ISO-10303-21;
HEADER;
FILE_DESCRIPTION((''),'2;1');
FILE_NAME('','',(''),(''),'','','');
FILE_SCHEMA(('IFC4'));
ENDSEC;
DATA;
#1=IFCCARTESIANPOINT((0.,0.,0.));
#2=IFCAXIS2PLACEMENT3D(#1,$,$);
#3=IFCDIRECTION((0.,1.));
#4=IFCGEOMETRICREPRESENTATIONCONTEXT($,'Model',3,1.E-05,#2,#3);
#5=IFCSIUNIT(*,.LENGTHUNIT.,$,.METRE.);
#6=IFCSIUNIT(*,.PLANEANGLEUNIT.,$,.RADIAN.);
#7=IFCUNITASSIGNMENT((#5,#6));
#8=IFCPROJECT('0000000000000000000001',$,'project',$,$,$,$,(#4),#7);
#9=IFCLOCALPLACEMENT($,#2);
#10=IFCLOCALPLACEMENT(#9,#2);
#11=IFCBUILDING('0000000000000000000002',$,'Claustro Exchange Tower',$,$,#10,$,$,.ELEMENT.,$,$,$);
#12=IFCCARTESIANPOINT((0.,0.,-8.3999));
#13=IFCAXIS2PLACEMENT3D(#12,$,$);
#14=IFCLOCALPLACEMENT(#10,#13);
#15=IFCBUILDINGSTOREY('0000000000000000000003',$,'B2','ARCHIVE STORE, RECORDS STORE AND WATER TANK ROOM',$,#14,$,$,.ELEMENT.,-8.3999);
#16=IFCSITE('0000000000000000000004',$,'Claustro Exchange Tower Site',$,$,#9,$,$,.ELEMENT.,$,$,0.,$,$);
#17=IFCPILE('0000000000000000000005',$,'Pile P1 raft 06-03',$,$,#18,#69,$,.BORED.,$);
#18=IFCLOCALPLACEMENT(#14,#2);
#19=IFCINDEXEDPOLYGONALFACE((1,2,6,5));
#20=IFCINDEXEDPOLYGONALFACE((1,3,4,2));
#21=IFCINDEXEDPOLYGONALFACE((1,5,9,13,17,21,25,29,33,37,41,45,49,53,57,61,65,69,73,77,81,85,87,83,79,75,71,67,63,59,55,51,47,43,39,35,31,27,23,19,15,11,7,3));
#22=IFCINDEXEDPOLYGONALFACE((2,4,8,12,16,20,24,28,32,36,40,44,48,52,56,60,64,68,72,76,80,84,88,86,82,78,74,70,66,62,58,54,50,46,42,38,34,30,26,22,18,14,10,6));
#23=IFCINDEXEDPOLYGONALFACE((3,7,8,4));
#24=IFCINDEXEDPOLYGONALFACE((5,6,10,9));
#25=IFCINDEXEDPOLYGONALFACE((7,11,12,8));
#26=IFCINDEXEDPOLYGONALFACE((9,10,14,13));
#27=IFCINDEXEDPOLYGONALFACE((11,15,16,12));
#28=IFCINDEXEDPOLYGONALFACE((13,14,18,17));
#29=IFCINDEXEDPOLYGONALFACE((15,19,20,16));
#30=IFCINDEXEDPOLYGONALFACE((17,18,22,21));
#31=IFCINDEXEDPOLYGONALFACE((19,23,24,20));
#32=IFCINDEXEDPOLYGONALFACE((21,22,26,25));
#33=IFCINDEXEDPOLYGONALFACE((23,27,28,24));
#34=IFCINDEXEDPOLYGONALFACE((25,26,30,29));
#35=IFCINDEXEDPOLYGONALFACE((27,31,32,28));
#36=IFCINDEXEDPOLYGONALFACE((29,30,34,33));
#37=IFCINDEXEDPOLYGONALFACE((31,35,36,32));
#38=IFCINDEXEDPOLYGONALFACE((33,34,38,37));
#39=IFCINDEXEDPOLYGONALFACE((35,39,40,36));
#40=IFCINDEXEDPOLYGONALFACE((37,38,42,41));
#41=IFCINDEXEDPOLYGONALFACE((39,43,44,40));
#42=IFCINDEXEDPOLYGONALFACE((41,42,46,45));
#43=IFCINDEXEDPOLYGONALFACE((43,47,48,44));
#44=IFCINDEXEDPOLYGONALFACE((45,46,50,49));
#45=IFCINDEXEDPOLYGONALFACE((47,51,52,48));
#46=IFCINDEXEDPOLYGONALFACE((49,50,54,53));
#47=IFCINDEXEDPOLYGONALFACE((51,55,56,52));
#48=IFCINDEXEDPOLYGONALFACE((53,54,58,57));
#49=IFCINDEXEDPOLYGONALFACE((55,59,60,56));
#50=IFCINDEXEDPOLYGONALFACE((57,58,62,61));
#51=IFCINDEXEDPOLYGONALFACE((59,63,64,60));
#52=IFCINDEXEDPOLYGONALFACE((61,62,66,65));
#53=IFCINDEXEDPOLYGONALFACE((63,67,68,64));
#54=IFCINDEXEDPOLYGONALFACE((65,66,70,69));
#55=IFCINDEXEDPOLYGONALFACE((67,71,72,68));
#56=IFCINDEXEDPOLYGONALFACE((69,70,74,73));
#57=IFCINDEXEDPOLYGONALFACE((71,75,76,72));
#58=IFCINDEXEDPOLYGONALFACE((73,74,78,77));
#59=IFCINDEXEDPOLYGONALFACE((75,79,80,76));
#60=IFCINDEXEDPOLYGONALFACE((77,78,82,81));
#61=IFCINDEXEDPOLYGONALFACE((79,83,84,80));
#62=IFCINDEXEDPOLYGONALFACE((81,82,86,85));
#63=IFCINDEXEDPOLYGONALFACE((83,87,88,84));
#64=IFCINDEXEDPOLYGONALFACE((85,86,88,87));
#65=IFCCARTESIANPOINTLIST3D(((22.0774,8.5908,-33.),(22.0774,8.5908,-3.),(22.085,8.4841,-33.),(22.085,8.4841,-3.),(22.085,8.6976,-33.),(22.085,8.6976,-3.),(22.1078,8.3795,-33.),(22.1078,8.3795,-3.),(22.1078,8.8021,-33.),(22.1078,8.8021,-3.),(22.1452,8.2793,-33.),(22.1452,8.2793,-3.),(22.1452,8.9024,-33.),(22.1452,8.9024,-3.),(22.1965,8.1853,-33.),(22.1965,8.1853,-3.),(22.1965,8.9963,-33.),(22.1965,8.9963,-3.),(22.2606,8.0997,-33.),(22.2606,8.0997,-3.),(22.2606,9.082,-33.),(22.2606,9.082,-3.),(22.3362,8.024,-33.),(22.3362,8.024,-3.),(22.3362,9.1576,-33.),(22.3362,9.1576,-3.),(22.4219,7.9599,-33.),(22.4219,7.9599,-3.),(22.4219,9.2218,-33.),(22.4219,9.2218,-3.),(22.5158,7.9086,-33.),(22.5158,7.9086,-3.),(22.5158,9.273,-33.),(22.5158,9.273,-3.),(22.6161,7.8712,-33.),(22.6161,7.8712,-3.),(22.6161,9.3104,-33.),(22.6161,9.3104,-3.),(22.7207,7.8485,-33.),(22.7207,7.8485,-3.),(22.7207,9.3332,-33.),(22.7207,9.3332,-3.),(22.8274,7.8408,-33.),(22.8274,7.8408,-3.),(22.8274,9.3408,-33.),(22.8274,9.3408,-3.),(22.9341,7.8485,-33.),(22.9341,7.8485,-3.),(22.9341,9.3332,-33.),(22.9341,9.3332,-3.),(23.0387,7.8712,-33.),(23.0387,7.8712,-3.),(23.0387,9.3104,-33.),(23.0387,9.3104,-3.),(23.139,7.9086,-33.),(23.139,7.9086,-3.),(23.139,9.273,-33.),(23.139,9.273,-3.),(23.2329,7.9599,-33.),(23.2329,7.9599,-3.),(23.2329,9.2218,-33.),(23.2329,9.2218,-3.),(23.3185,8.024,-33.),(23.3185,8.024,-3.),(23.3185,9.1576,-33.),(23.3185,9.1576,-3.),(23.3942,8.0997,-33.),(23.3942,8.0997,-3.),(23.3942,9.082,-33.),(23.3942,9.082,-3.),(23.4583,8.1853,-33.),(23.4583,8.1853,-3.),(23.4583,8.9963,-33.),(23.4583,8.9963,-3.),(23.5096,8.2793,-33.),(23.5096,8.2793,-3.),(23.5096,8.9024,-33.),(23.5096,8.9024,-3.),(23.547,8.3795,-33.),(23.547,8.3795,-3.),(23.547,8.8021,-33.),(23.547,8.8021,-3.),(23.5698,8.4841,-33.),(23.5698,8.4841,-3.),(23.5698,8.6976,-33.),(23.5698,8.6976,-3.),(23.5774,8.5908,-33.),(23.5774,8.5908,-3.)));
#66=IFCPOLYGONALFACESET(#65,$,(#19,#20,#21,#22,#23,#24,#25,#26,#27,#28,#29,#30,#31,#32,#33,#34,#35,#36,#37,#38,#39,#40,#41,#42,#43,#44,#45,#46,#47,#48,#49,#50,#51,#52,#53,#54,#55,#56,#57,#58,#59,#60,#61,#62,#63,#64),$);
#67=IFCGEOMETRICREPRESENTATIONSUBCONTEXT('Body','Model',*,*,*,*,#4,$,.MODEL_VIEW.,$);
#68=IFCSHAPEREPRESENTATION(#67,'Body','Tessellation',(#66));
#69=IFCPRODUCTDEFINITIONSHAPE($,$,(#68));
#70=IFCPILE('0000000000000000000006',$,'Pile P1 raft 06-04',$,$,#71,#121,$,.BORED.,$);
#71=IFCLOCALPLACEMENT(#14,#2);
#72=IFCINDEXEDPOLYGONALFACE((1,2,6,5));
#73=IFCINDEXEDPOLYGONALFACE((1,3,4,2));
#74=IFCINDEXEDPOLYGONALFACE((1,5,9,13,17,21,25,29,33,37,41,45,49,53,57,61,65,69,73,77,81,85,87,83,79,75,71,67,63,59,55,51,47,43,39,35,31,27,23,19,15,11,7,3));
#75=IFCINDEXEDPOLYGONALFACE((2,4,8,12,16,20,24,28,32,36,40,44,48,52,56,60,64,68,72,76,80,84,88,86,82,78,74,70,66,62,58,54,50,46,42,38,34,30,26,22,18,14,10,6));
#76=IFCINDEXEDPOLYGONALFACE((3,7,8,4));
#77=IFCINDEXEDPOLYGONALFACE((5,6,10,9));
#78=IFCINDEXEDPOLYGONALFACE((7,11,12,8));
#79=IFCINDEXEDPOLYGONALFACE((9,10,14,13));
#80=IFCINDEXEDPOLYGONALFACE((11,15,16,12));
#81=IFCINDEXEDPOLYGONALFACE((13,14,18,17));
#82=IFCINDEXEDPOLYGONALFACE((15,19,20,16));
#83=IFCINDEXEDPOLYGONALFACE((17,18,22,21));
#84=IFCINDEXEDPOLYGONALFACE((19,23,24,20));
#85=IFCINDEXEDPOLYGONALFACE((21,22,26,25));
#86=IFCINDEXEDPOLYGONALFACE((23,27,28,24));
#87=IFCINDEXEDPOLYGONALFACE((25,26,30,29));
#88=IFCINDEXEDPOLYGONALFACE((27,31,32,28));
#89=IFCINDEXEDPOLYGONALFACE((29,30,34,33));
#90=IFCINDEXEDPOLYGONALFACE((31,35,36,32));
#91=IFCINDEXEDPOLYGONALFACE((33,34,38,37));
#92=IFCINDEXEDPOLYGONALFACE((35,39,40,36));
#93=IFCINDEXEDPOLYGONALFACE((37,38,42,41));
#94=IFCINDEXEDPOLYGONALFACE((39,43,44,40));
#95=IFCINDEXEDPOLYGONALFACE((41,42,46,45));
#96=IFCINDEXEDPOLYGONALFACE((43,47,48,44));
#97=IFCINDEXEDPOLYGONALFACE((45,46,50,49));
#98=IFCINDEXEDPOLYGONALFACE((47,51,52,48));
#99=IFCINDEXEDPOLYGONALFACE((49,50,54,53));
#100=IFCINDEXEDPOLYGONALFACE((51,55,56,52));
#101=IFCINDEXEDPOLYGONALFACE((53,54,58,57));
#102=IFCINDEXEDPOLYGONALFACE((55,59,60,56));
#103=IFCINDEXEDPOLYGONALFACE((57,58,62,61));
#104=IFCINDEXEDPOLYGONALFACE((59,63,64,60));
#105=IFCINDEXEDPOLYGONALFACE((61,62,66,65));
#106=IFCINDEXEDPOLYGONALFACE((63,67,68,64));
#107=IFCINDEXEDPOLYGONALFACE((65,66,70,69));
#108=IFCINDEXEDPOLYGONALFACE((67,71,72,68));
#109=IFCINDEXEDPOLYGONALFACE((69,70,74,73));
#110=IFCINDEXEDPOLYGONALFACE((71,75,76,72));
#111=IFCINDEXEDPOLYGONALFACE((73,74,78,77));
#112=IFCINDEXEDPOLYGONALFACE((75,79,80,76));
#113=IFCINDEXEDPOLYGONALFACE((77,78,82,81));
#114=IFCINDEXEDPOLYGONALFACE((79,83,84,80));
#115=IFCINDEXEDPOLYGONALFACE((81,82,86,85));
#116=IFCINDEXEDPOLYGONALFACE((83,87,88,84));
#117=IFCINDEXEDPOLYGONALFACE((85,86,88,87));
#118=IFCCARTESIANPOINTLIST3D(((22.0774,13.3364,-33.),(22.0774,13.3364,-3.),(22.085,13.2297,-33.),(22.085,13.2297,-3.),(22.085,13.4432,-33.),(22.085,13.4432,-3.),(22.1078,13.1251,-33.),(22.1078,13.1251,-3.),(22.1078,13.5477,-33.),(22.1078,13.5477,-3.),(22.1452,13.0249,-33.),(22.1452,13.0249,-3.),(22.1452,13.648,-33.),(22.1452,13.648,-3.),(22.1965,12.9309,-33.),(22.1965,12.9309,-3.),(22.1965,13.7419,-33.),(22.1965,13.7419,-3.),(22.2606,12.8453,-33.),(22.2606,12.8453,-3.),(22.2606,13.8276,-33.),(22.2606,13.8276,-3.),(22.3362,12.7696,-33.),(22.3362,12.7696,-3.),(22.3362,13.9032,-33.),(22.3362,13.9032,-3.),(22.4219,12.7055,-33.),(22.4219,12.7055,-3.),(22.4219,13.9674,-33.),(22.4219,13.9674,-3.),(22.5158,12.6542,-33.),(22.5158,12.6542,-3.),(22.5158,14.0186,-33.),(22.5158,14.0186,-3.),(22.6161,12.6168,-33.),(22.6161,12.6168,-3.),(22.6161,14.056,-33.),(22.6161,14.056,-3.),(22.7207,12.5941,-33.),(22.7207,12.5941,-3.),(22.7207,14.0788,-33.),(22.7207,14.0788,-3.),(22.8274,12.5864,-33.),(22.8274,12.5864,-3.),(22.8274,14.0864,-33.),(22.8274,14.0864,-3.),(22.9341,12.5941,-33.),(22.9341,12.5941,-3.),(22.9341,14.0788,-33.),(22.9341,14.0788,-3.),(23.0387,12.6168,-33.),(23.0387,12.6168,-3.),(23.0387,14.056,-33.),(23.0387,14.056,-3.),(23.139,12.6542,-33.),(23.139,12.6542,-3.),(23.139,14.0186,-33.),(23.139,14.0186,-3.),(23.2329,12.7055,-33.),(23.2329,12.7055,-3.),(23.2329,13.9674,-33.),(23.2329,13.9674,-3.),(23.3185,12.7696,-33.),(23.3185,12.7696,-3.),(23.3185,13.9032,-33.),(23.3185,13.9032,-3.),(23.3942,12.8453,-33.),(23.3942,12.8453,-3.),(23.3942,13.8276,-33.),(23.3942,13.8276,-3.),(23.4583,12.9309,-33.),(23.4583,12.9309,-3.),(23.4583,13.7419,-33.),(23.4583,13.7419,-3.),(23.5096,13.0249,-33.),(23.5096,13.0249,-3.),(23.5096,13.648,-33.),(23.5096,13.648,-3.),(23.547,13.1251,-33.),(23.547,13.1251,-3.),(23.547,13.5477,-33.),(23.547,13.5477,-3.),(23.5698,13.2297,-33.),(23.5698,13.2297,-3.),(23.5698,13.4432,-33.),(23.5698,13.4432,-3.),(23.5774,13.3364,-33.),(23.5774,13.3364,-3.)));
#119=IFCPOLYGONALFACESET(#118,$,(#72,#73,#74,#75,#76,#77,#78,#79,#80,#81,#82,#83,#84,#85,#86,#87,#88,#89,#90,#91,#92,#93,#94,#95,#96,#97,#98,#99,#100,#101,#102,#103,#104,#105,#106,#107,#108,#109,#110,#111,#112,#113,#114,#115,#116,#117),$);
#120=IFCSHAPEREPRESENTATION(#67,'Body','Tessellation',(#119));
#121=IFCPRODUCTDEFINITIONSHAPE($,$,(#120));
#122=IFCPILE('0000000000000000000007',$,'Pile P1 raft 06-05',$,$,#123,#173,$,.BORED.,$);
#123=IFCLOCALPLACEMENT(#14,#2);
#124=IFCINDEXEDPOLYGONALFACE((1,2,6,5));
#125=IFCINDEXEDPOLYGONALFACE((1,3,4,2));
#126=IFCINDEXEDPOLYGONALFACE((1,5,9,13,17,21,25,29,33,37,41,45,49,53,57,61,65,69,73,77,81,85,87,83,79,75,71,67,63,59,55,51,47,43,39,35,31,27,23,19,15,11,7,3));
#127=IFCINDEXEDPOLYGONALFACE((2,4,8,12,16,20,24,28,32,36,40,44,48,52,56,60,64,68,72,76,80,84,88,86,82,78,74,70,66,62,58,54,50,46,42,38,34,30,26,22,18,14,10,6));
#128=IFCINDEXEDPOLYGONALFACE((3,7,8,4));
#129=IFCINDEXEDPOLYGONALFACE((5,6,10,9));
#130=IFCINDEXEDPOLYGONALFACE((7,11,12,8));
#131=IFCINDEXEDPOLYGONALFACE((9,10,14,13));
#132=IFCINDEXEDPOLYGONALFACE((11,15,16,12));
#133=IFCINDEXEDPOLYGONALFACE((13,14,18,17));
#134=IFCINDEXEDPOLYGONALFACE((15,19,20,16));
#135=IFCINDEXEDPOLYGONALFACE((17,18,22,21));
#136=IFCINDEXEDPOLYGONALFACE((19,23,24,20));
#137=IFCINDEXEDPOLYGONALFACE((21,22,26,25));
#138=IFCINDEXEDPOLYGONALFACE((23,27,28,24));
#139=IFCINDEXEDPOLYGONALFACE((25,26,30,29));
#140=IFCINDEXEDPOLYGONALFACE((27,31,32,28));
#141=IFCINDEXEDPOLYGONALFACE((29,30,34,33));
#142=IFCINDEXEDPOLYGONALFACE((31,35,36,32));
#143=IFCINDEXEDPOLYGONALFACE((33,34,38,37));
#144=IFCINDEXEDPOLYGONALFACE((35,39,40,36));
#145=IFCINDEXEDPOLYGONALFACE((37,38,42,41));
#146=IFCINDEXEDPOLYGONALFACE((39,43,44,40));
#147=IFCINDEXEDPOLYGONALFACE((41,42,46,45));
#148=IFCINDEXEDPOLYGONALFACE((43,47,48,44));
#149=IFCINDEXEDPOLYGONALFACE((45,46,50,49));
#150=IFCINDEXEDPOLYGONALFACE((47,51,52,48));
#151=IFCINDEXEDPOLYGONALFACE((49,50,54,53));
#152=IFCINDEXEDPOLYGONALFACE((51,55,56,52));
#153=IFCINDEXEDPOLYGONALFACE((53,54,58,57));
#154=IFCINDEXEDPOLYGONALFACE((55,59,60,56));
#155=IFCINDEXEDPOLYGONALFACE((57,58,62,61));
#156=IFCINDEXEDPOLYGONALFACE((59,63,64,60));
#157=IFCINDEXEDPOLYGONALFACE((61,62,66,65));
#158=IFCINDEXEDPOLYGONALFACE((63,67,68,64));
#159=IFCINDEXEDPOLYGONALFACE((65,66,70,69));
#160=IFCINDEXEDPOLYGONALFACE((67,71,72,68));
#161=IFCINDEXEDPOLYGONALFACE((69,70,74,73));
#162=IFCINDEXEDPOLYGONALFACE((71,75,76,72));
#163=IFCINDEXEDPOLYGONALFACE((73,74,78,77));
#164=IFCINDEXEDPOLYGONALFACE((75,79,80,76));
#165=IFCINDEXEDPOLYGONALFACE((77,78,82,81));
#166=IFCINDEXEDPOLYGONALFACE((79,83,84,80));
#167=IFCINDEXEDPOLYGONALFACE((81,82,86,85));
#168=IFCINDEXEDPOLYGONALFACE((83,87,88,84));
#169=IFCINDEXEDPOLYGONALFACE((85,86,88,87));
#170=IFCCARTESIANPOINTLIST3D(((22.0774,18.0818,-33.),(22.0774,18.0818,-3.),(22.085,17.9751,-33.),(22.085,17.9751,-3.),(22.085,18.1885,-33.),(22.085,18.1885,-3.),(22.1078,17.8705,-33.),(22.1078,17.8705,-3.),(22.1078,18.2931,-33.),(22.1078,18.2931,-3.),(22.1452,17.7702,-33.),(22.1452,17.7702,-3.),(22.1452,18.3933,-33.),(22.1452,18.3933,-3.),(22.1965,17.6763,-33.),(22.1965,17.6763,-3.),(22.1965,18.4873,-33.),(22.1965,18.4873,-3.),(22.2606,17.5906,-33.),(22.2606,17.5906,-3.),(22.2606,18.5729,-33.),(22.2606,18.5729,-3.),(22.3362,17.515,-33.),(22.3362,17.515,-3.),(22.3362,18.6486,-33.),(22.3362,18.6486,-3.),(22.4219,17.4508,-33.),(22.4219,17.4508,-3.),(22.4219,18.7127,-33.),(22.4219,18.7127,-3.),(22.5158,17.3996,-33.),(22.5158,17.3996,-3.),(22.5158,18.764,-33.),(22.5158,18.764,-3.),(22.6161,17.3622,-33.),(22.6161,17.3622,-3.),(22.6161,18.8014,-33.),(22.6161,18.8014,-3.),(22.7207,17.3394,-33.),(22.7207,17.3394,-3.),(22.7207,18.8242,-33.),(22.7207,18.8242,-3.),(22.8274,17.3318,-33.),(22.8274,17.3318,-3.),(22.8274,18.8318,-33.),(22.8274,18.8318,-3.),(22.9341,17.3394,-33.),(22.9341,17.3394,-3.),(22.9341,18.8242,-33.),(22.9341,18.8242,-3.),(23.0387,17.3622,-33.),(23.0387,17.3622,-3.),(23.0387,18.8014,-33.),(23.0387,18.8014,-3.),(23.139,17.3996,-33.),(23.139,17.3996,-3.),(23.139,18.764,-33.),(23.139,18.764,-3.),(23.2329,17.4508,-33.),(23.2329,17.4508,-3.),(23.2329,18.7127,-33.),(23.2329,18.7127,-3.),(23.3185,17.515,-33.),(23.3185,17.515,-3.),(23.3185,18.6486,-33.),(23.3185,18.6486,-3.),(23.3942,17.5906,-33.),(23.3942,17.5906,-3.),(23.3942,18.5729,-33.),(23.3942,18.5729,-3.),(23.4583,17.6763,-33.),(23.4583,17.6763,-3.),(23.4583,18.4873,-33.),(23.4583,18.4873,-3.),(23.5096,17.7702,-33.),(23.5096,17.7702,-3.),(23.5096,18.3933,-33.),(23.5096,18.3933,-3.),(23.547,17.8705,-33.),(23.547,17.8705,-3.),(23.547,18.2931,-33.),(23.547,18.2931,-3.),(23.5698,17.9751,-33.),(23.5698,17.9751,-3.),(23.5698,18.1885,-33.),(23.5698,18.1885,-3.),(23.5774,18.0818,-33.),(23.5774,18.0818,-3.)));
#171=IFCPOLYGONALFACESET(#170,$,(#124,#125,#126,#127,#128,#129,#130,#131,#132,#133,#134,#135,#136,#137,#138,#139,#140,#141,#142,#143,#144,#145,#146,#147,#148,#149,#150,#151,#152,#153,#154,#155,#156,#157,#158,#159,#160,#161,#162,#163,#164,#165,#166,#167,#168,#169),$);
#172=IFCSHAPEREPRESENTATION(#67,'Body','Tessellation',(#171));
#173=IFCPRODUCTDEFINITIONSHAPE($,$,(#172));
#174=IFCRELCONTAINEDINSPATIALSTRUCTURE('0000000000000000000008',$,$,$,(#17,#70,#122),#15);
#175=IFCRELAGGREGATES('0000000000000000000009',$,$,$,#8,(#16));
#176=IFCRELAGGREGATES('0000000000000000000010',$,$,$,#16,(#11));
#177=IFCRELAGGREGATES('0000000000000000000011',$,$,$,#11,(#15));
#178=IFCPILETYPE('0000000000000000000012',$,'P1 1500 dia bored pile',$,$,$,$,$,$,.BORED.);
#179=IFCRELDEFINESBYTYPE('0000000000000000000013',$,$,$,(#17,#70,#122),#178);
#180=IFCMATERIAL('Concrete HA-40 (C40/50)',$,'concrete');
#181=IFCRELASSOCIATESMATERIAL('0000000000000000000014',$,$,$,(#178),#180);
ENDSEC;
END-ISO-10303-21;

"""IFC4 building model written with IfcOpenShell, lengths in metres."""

from ifc_helpers import new_model, si_unit, direction, frame, origin, origin_2d, place, context, subcontext, project, spatial, circle, extrude, material, type_object, element, save


model = new_model("IFC4")

# Units and contexts
model_context = context("Model", 3, precision=1e-05, world=origin(), true_north=direction((0.0, 1.0)))
body_context = subcontext(model_context, "Body", "Model", "MODEL_VIEW")
ifc_project = project(units=[si_unit("LENGTHUNIT", "METRE"), si_unit("PLANEANGLEUNIT", "RADIAN")], contexts=[model_context])

# Site, building, storey
site_placement = place(None, origin())
site = spatial("IfcSite", under=ifc_project, at=site_placement, Name="Claustro Exchange Tower Site", CompositionType="ELEMENT", RefElevation=0.0)
building_placement = place(site_placement, origin())
building = spatial("IfcBuilding", under=site, at=building_placement, Name="Claustro Exchange Tower", CompositionType="ELEMENT")
storey_placement = place(building_placement, frame((0.0, 0.0, -8.3999)))
storey = spatial("IfcBuildingStorey", under=building, at=storey_placement, Name="B2", Description="ARCHIVE STORE, RECORDS STORE AND WATER TANK ROOM", CompositionType="ELEMENT", Elevation=-8.3999)

# Piles
ifc_material_1 = material(Name="Concrete HA-40 (C40/50)", Category="concrete")
pile_type = type_object("IfcPileType", Name="P1 1500 dia bored pile", PredefinedType="BORED", material=ifc_material_1)
for number, where, z_axis, x_axis, name in (
    (1, (22.8274, 8.5908, -3.0), (0.0, 0.0, -1.0), (1.0, 0.0, 0.0), "Pile P1 raft 06-03"),
    (2, (22.8274, 13.3364, -3.0), (0.0, 0.0, -1.0), (1.0, 0.0, 0.0), "Pile P1 raft 06-04"),
    (3, (22.8274, 18.0818, -3.0), (0.0, 0.0, -1.0), (1.0, 0.0, 0.0), "Pile P1 raft 06-05"),
):
    element("IfcPile", number, at=place(storey_placement, frame(where, z_axis=z_axis, x_axis=x_axis)), inside=storey, type_object=pile_type, Name=name, PredefinedType="BORED", context=body_context, shape_type="SweptSolid", body=[
        extrude(circle(Radius=0.75, at=origin_2d()), origin(), (0.0, 0.0, 1.0), 30.0),
    ])

save(model, "model.ifc")
